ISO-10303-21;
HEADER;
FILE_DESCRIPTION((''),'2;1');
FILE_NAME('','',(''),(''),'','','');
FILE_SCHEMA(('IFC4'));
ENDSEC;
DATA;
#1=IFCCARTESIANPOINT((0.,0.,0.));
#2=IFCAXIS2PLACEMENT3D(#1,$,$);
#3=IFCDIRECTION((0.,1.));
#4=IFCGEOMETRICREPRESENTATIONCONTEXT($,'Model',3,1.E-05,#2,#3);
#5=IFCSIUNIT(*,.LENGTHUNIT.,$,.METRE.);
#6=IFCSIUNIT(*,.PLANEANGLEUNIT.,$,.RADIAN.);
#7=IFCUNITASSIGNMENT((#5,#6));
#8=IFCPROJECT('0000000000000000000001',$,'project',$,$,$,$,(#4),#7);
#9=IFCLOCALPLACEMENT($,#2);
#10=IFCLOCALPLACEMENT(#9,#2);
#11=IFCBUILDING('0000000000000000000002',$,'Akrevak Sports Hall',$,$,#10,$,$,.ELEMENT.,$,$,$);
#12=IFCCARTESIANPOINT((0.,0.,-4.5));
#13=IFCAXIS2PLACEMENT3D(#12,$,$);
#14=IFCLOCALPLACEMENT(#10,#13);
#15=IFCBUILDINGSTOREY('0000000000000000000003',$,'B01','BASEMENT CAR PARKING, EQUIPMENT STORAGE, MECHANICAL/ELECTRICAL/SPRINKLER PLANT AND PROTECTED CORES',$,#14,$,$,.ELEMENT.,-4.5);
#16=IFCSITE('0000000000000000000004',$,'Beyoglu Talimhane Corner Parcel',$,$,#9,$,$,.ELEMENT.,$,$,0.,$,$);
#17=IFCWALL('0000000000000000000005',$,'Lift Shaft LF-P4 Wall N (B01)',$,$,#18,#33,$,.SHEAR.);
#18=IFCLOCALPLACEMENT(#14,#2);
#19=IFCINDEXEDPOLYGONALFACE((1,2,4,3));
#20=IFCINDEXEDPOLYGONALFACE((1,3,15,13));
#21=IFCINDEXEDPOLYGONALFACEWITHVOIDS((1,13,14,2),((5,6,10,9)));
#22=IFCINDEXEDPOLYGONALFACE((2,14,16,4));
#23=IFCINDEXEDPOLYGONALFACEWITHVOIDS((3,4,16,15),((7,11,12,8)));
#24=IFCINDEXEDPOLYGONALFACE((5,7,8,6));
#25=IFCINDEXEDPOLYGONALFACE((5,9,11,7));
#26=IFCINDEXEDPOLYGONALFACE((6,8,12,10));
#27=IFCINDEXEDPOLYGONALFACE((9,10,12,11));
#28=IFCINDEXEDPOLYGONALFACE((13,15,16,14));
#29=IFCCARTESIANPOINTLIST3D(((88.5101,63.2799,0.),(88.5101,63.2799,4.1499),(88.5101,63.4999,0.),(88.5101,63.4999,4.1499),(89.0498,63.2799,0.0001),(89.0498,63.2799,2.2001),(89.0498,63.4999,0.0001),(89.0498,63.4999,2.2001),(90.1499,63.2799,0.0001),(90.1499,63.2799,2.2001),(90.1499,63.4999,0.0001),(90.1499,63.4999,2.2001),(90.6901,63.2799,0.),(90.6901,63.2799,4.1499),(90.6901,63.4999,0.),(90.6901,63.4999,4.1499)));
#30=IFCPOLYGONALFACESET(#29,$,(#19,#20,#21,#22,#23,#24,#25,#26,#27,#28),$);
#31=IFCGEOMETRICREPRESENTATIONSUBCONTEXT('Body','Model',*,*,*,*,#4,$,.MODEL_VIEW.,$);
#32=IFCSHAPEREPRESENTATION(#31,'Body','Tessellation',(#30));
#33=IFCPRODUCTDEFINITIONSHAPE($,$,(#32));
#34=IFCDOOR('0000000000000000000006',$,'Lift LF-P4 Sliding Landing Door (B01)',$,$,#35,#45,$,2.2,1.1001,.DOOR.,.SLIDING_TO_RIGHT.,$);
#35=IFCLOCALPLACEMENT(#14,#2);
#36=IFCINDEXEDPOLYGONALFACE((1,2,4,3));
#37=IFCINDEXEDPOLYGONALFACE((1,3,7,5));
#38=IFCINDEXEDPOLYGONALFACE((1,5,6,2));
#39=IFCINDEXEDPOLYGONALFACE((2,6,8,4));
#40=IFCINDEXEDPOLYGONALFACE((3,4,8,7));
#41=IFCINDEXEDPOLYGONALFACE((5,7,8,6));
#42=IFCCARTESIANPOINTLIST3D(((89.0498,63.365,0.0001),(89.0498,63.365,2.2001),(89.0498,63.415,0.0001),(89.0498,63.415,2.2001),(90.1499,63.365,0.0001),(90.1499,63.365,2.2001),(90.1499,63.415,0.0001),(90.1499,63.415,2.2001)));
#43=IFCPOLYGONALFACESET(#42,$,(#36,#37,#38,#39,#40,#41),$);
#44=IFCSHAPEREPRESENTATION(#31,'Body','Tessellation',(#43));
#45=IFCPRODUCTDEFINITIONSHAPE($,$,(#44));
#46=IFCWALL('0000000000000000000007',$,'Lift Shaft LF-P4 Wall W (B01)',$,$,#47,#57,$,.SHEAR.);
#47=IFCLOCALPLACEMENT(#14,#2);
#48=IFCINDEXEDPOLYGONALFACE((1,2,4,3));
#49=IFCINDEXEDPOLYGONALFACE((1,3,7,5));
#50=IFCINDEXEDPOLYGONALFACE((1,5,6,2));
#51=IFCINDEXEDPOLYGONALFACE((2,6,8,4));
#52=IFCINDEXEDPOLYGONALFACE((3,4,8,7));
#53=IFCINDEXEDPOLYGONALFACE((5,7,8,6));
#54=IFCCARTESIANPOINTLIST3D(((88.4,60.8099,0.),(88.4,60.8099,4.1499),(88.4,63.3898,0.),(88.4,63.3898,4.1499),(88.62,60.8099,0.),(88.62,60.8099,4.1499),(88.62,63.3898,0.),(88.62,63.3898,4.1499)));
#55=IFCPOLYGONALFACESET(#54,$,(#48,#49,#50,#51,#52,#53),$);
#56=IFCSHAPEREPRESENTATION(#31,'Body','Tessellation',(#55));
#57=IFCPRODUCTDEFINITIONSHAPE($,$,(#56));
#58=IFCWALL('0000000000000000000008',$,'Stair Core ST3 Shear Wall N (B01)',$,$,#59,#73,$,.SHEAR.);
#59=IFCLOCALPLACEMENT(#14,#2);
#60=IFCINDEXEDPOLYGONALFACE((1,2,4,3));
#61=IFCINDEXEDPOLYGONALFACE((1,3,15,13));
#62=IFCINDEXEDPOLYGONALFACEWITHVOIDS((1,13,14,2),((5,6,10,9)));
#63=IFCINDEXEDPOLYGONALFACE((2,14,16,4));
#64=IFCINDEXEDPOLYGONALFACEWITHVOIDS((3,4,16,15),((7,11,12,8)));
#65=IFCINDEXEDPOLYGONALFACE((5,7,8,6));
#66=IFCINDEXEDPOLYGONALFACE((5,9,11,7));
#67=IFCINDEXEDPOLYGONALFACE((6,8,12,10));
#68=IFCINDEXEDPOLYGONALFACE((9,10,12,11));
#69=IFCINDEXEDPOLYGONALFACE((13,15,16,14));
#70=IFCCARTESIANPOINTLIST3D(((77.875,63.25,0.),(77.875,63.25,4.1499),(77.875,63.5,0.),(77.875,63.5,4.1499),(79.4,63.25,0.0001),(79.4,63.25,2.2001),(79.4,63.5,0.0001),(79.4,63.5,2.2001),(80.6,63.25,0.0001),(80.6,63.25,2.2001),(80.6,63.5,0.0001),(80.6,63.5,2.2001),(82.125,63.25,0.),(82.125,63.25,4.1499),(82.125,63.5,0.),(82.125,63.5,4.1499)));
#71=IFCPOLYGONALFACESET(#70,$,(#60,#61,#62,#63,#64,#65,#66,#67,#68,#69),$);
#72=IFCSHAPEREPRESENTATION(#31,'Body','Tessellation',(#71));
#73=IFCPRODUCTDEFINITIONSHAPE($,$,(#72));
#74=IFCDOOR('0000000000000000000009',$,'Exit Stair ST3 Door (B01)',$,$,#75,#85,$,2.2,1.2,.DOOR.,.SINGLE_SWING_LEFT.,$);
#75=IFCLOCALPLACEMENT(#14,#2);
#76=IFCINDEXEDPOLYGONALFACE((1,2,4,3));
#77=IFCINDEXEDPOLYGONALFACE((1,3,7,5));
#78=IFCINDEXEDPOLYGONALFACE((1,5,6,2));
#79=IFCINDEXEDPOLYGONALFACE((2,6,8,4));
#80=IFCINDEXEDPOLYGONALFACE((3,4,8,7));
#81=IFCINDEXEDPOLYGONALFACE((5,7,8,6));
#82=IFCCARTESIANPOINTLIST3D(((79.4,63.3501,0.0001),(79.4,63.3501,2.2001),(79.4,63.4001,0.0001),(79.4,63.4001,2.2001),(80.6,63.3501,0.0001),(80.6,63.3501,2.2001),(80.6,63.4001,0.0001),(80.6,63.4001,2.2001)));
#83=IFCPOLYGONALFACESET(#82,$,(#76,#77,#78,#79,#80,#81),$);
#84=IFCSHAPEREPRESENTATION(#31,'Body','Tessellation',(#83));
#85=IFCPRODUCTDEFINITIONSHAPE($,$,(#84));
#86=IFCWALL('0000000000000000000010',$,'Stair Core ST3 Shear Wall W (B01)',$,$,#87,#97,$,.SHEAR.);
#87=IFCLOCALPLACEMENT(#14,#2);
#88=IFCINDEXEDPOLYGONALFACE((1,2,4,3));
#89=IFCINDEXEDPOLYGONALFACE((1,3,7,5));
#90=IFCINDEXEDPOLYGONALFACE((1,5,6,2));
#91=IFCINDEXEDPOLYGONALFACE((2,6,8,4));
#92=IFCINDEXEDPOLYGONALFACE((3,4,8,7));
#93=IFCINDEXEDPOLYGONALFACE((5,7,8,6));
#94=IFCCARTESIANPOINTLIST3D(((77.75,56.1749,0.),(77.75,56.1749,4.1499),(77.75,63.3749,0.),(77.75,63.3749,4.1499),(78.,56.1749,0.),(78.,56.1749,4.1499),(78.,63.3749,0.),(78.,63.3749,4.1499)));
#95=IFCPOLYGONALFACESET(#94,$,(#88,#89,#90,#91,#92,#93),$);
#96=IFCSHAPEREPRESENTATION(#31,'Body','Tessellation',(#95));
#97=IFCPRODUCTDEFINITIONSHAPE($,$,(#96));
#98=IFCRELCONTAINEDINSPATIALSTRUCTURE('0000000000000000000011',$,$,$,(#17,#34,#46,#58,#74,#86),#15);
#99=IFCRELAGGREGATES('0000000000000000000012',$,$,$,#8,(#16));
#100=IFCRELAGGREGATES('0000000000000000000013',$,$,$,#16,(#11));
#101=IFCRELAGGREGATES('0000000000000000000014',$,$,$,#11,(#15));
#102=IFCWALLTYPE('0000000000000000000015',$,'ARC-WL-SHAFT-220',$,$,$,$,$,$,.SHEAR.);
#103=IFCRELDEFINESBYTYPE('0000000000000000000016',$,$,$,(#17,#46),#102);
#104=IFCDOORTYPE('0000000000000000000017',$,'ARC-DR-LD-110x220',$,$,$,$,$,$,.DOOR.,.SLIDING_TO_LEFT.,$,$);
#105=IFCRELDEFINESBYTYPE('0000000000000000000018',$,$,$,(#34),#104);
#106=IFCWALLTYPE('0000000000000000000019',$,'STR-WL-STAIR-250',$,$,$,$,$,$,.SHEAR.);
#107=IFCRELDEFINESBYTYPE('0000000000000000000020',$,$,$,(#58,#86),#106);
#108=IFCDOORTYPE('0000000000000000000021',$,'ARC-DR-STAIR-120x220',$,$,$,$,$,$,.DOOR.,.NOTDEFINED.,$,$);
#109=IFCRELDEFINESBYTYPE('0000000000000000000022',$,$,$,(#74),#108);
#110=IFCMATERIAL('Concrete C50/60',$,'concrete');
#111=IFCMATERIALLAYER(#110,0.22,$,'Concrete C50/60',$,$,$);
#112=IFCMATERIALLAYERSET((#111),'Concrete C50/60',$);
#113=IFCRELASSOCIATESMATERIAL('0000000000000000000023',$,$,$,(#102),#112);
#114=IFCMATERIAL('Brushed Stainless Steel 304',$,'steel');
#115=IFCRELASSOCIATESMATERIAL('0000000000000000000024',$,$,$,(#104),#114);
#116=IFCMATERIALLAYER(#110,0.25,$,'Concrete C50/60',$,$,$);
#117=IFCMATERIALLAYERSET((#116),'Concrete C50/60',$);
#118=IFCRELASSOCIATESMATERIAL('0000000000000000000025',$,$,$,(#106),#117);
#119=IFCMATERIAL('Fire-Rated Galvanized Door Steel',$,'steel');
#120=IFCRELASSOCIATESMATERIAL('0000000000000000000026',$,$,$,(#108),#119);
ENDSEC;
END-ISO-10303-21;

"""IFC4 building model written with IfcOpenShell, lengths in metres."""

from ifc_helpers import new_model, si_unit, direction, frame, frame_2d, origin, place, context, subcontext, project, spatial, rectangle, extrude, material, layer, layer_set, type_object, element, fill, save


model = new_model("IFC4")

# Units and contexts
model_context = context("Model", 3, precision=1e-05, world=origin(), true_north=direction((0.0, 1.0)))
body_context = subcontext(model_context, "Body", "Model", "MODEL_VIEW")
ifc_project = project(units=[si_unit("LENGTHUNIT", "METRE"), si_unit("PLANEANGLEUNIT", "RADIAN")], contexts=[model_context])

# Site, building, storey
site_placement = place(None, origin())
site = spatial("IfcSite", under=ifc_project, at=site_placement, Name="Beyoglu Talimhane Corner Parcel", CompositionType="ELEMENT", RefElevation=0.0)
building_placement = place(site_placement, origin())
building = spatial("IfcBuilding", under=site, at=building_placement, Name="Akrevak Sports Hall", CompositionType="ELEMENT")
storey_placement = place(building_placement, frame((0.0, 0.0, -4.5)))
storey = spatial("IfcBuildingStorey", under=building, at=storey_placement, Name="B01", Description="BASEMENT CAR PARKING, EQUIPMENT STORAGE, MECHANICAL/ELECTRICAL/SPRINKLER PLANT AND PROTECTED CORES", CompositionType="ELEMENT", Elevation=-4.5)

# Shared definitions
ifc_material_1 = material(Name="Concrete C50/60", Category="concrete")

# Shared definitions
ifc_material_2 = material(Name="Fire-Rated Galvanized Door Steel", Category="steel")

# Shared definitions
ifc_layer_1 = layer(ifc_material_1, 0.22, Name="Concrete C50/60")
ifc_layer_set_1 = layer_set([ifc_layer_1], Name="Concrete C50/60")
wall_type_1 = type_object("IfcWallType", Name="ARC-WL-SHAFT-220", PredefinedType="SHEAR", material=ifc_layer_set_1)
ifc_material_3 = material(Name="Brushed Stainless Steel 304", Category="steel")
door_type_1 = type_object("IfcDoorType", Name="ARC-DR-LD-110x220", OperationType="SLIDING_TO_LEFT", PredefinedType="DOOR", material=ifc_material_3)

# Wall, opening, door
wall_1_placement = place(storey_placement, frame((90.6899, 63.3899, 0.0), z_axis=(0.0, 0.0, 1.0), x_axis=(-1.0, 0.0, 0.0)))
wall_1 = element("IfcWall", 1, at=wall_1_placement, inside=storey, type_object=wall_type_1, Name="Lift Shaft LF-P4 Wall N (B01)", PredefinedType="SHEAR", context=body_context, shape_type="SweptSolid", body=[
    extrude(rectangle(XDim=2.1799, YDim=0.22, at=frame_2d((1.0898, 0.0))), origin(), (0.0, 0.0, 1.0), 4.1499),
])
opening_1_placement = place(wall_1_placement, frame((0.54, 0.0, 0.0)))
opening_1 = element("IfcOpeningElement", 2, at=opening_1_placement, cuts=wall_1, PredefinedType="OPENING", context=body_context, shape_type="SweptSolid", body=[
    extrude(rectangle(XDim=1.1001, YDim=2.2, at=frame_2d((0.55, 1.1001))), frame((0.0, 0.1221, 0.0), z_axis=(0.0, -1.0, 0.0), x_axis=(1.0, 0.0, 0.0)), (0.0, 0.0, 1.0), 0.2439),
])
door_1_placement = place(opening_1_placement, origin())
door_1 = element("IfcDoor", 3, at=door_1_placement, inside=storey, type_object=door_type_1, Name="Lift LF-P4 Sliding Landing Door (B01)", OperationType="SLIDING_TO_RIGHT", OverallHeight=2.2, OverallWidth=1.1001, PredefinedType="DOOR", context=body_context, shape_type="SweptSolid", body=[
    extrude(rectangle(XDim=1.1001, YDim=2.2, at=frame_2d((0.55, 1.1001))), frame((0.0, 0.0249, 0.0), z_axis=(0.0, -1.0, 0.0), x_axis=(1.0, 0.0, 0.0)), (0.0, 0.0, 1.0), 0.05),
])
fill(opening_1, door_1)

# Wall
wall_2_placement = place(storey_placement, frame((88.51, 63.3899, 0.0), z_axis=(0.0, 0.0, 1.0), x_axis=(0.0, -1.0, 0.0)))
element("IfcWall", 4, at=wall_2_placement, inside=storey, type_object=wall_type_1, Name="Lift Shaft LF-P4 Wall W (B01)", PredefinedType="SHEAR", context=body_context, shape_type="SweptSolid", body=[
    extrude(rectangle(XDim=2.5798, YDim=0.22, at=frame_2d((1.29, 0.0))), origin(), (0.0, 0.0, 1.0), 4.1499),
])

# Wall, opening, door
ifc_layer_2 = layer(ifc_material_1, 0.25, Name="Concrete C50/60")
ifc_layer_set_2 = layer_set([ifc_layer_2], Name="Concrete C50/60")
wall_type_2 = type_object("IfcWallType", Name="STR-WL-STAIR-250", PredefinedType="SHEAR", material=ifc_layer_set_2)
wall_3_placement = place(storey_placement, frame((82.125, 63.375, 0.0), z_axis=(0.0, 0.0, 1.0), x_axis=(-1.0, 0.0, 0.0)))
wall_3 = element("IfcWall", 5, at=wall_3_placement, inside=storey, type_object=wall_type_2, Name="Stair Core ST3 Shear Wall N (B01)", PredefinedType="SHEAR", context=body_context, shape_type="SweptSolid", body=[
    extrude(rectangle(XDim=4.25, YDim=0.25, at=frame_2d((2.125, 0.0))), origin(), (0.0, 0.0, 1.0), 4.1499),
])
opening_2_placement = place(wall_3_placement, frame((1.5249, 0.0, 0.0)))
opening_2 = element("IfcOpeningElement", 6, at=opening_2_placement, cuts=wall_3, PredefinedType="OPENING", context=body_context, shape_type="SweptSolid", body=[
    extrude(rectangle(XDim=1.2, YDim=2.2, at=frame_2d((0.6001, 1.1001))), frame((0.0, 0.137, 0.0), z_axis=(0.0, -1.0, 0.0), x_axis=(1.0, 0.0, 0.0)), (0.0, 0.0, 1.0), 0.2739),
])
door_type_2 = type_object("IfcDoorType", Name="ARC-DR-STAIR-120x220", OperationType="NOTDEFINED", PredefinedType="DOOR", material=ifc_material_2)
door_2_placement = place(opening_2_placement, origin())
door_2 = element("IfcDoor", 7, at=door_2_placement, inside=storey, type_object=door_type_2, Name="Exit Stair ST3 Door (B01)", OperationType="SINGLE_SWING_LEFT", OverallHeight=2.2, OverallWidth=1.2, PredefinedType="DOOR", context=body_context, shape_type="SweptSolid", body=[
    extrude(rectangle(XDim=1.2, YDim=2.2, at=frame_2d((0.6001, 1.1001))), frame((0.0, 0.0249, 0.0), z_axis=(0.0, -1.0, 0.0), x_axis=(1.0, 0.0, 0.0)), (0.0, 0.0, 1.0), 0.05),
])
fill(opening_2, door_2)

# Wall
wall_4_placement = place(storey_placement, frame((77.875, 63.375, 0.0), z_axis=(0.0, 0.0, 1.0), x_axis=(0.0, -1.0, 0.0)))
element("IfcWall", 8, at=wall_4_placement, inside=storey, type_object=wall_type_2, Name="Stair Core ST3 Shear Wall W (B01)", PredefinedType="SHEAR", context=body_context, shape_type="SweptSolid", body=[
    extrude(rectangle(XDim=7.2, YDim=0.25, at=frame_2d((3.6001, 0.0))), origin(), (0.0, 0.0, 1.0), 4.1499),
])

save(model, "model.ifc")
